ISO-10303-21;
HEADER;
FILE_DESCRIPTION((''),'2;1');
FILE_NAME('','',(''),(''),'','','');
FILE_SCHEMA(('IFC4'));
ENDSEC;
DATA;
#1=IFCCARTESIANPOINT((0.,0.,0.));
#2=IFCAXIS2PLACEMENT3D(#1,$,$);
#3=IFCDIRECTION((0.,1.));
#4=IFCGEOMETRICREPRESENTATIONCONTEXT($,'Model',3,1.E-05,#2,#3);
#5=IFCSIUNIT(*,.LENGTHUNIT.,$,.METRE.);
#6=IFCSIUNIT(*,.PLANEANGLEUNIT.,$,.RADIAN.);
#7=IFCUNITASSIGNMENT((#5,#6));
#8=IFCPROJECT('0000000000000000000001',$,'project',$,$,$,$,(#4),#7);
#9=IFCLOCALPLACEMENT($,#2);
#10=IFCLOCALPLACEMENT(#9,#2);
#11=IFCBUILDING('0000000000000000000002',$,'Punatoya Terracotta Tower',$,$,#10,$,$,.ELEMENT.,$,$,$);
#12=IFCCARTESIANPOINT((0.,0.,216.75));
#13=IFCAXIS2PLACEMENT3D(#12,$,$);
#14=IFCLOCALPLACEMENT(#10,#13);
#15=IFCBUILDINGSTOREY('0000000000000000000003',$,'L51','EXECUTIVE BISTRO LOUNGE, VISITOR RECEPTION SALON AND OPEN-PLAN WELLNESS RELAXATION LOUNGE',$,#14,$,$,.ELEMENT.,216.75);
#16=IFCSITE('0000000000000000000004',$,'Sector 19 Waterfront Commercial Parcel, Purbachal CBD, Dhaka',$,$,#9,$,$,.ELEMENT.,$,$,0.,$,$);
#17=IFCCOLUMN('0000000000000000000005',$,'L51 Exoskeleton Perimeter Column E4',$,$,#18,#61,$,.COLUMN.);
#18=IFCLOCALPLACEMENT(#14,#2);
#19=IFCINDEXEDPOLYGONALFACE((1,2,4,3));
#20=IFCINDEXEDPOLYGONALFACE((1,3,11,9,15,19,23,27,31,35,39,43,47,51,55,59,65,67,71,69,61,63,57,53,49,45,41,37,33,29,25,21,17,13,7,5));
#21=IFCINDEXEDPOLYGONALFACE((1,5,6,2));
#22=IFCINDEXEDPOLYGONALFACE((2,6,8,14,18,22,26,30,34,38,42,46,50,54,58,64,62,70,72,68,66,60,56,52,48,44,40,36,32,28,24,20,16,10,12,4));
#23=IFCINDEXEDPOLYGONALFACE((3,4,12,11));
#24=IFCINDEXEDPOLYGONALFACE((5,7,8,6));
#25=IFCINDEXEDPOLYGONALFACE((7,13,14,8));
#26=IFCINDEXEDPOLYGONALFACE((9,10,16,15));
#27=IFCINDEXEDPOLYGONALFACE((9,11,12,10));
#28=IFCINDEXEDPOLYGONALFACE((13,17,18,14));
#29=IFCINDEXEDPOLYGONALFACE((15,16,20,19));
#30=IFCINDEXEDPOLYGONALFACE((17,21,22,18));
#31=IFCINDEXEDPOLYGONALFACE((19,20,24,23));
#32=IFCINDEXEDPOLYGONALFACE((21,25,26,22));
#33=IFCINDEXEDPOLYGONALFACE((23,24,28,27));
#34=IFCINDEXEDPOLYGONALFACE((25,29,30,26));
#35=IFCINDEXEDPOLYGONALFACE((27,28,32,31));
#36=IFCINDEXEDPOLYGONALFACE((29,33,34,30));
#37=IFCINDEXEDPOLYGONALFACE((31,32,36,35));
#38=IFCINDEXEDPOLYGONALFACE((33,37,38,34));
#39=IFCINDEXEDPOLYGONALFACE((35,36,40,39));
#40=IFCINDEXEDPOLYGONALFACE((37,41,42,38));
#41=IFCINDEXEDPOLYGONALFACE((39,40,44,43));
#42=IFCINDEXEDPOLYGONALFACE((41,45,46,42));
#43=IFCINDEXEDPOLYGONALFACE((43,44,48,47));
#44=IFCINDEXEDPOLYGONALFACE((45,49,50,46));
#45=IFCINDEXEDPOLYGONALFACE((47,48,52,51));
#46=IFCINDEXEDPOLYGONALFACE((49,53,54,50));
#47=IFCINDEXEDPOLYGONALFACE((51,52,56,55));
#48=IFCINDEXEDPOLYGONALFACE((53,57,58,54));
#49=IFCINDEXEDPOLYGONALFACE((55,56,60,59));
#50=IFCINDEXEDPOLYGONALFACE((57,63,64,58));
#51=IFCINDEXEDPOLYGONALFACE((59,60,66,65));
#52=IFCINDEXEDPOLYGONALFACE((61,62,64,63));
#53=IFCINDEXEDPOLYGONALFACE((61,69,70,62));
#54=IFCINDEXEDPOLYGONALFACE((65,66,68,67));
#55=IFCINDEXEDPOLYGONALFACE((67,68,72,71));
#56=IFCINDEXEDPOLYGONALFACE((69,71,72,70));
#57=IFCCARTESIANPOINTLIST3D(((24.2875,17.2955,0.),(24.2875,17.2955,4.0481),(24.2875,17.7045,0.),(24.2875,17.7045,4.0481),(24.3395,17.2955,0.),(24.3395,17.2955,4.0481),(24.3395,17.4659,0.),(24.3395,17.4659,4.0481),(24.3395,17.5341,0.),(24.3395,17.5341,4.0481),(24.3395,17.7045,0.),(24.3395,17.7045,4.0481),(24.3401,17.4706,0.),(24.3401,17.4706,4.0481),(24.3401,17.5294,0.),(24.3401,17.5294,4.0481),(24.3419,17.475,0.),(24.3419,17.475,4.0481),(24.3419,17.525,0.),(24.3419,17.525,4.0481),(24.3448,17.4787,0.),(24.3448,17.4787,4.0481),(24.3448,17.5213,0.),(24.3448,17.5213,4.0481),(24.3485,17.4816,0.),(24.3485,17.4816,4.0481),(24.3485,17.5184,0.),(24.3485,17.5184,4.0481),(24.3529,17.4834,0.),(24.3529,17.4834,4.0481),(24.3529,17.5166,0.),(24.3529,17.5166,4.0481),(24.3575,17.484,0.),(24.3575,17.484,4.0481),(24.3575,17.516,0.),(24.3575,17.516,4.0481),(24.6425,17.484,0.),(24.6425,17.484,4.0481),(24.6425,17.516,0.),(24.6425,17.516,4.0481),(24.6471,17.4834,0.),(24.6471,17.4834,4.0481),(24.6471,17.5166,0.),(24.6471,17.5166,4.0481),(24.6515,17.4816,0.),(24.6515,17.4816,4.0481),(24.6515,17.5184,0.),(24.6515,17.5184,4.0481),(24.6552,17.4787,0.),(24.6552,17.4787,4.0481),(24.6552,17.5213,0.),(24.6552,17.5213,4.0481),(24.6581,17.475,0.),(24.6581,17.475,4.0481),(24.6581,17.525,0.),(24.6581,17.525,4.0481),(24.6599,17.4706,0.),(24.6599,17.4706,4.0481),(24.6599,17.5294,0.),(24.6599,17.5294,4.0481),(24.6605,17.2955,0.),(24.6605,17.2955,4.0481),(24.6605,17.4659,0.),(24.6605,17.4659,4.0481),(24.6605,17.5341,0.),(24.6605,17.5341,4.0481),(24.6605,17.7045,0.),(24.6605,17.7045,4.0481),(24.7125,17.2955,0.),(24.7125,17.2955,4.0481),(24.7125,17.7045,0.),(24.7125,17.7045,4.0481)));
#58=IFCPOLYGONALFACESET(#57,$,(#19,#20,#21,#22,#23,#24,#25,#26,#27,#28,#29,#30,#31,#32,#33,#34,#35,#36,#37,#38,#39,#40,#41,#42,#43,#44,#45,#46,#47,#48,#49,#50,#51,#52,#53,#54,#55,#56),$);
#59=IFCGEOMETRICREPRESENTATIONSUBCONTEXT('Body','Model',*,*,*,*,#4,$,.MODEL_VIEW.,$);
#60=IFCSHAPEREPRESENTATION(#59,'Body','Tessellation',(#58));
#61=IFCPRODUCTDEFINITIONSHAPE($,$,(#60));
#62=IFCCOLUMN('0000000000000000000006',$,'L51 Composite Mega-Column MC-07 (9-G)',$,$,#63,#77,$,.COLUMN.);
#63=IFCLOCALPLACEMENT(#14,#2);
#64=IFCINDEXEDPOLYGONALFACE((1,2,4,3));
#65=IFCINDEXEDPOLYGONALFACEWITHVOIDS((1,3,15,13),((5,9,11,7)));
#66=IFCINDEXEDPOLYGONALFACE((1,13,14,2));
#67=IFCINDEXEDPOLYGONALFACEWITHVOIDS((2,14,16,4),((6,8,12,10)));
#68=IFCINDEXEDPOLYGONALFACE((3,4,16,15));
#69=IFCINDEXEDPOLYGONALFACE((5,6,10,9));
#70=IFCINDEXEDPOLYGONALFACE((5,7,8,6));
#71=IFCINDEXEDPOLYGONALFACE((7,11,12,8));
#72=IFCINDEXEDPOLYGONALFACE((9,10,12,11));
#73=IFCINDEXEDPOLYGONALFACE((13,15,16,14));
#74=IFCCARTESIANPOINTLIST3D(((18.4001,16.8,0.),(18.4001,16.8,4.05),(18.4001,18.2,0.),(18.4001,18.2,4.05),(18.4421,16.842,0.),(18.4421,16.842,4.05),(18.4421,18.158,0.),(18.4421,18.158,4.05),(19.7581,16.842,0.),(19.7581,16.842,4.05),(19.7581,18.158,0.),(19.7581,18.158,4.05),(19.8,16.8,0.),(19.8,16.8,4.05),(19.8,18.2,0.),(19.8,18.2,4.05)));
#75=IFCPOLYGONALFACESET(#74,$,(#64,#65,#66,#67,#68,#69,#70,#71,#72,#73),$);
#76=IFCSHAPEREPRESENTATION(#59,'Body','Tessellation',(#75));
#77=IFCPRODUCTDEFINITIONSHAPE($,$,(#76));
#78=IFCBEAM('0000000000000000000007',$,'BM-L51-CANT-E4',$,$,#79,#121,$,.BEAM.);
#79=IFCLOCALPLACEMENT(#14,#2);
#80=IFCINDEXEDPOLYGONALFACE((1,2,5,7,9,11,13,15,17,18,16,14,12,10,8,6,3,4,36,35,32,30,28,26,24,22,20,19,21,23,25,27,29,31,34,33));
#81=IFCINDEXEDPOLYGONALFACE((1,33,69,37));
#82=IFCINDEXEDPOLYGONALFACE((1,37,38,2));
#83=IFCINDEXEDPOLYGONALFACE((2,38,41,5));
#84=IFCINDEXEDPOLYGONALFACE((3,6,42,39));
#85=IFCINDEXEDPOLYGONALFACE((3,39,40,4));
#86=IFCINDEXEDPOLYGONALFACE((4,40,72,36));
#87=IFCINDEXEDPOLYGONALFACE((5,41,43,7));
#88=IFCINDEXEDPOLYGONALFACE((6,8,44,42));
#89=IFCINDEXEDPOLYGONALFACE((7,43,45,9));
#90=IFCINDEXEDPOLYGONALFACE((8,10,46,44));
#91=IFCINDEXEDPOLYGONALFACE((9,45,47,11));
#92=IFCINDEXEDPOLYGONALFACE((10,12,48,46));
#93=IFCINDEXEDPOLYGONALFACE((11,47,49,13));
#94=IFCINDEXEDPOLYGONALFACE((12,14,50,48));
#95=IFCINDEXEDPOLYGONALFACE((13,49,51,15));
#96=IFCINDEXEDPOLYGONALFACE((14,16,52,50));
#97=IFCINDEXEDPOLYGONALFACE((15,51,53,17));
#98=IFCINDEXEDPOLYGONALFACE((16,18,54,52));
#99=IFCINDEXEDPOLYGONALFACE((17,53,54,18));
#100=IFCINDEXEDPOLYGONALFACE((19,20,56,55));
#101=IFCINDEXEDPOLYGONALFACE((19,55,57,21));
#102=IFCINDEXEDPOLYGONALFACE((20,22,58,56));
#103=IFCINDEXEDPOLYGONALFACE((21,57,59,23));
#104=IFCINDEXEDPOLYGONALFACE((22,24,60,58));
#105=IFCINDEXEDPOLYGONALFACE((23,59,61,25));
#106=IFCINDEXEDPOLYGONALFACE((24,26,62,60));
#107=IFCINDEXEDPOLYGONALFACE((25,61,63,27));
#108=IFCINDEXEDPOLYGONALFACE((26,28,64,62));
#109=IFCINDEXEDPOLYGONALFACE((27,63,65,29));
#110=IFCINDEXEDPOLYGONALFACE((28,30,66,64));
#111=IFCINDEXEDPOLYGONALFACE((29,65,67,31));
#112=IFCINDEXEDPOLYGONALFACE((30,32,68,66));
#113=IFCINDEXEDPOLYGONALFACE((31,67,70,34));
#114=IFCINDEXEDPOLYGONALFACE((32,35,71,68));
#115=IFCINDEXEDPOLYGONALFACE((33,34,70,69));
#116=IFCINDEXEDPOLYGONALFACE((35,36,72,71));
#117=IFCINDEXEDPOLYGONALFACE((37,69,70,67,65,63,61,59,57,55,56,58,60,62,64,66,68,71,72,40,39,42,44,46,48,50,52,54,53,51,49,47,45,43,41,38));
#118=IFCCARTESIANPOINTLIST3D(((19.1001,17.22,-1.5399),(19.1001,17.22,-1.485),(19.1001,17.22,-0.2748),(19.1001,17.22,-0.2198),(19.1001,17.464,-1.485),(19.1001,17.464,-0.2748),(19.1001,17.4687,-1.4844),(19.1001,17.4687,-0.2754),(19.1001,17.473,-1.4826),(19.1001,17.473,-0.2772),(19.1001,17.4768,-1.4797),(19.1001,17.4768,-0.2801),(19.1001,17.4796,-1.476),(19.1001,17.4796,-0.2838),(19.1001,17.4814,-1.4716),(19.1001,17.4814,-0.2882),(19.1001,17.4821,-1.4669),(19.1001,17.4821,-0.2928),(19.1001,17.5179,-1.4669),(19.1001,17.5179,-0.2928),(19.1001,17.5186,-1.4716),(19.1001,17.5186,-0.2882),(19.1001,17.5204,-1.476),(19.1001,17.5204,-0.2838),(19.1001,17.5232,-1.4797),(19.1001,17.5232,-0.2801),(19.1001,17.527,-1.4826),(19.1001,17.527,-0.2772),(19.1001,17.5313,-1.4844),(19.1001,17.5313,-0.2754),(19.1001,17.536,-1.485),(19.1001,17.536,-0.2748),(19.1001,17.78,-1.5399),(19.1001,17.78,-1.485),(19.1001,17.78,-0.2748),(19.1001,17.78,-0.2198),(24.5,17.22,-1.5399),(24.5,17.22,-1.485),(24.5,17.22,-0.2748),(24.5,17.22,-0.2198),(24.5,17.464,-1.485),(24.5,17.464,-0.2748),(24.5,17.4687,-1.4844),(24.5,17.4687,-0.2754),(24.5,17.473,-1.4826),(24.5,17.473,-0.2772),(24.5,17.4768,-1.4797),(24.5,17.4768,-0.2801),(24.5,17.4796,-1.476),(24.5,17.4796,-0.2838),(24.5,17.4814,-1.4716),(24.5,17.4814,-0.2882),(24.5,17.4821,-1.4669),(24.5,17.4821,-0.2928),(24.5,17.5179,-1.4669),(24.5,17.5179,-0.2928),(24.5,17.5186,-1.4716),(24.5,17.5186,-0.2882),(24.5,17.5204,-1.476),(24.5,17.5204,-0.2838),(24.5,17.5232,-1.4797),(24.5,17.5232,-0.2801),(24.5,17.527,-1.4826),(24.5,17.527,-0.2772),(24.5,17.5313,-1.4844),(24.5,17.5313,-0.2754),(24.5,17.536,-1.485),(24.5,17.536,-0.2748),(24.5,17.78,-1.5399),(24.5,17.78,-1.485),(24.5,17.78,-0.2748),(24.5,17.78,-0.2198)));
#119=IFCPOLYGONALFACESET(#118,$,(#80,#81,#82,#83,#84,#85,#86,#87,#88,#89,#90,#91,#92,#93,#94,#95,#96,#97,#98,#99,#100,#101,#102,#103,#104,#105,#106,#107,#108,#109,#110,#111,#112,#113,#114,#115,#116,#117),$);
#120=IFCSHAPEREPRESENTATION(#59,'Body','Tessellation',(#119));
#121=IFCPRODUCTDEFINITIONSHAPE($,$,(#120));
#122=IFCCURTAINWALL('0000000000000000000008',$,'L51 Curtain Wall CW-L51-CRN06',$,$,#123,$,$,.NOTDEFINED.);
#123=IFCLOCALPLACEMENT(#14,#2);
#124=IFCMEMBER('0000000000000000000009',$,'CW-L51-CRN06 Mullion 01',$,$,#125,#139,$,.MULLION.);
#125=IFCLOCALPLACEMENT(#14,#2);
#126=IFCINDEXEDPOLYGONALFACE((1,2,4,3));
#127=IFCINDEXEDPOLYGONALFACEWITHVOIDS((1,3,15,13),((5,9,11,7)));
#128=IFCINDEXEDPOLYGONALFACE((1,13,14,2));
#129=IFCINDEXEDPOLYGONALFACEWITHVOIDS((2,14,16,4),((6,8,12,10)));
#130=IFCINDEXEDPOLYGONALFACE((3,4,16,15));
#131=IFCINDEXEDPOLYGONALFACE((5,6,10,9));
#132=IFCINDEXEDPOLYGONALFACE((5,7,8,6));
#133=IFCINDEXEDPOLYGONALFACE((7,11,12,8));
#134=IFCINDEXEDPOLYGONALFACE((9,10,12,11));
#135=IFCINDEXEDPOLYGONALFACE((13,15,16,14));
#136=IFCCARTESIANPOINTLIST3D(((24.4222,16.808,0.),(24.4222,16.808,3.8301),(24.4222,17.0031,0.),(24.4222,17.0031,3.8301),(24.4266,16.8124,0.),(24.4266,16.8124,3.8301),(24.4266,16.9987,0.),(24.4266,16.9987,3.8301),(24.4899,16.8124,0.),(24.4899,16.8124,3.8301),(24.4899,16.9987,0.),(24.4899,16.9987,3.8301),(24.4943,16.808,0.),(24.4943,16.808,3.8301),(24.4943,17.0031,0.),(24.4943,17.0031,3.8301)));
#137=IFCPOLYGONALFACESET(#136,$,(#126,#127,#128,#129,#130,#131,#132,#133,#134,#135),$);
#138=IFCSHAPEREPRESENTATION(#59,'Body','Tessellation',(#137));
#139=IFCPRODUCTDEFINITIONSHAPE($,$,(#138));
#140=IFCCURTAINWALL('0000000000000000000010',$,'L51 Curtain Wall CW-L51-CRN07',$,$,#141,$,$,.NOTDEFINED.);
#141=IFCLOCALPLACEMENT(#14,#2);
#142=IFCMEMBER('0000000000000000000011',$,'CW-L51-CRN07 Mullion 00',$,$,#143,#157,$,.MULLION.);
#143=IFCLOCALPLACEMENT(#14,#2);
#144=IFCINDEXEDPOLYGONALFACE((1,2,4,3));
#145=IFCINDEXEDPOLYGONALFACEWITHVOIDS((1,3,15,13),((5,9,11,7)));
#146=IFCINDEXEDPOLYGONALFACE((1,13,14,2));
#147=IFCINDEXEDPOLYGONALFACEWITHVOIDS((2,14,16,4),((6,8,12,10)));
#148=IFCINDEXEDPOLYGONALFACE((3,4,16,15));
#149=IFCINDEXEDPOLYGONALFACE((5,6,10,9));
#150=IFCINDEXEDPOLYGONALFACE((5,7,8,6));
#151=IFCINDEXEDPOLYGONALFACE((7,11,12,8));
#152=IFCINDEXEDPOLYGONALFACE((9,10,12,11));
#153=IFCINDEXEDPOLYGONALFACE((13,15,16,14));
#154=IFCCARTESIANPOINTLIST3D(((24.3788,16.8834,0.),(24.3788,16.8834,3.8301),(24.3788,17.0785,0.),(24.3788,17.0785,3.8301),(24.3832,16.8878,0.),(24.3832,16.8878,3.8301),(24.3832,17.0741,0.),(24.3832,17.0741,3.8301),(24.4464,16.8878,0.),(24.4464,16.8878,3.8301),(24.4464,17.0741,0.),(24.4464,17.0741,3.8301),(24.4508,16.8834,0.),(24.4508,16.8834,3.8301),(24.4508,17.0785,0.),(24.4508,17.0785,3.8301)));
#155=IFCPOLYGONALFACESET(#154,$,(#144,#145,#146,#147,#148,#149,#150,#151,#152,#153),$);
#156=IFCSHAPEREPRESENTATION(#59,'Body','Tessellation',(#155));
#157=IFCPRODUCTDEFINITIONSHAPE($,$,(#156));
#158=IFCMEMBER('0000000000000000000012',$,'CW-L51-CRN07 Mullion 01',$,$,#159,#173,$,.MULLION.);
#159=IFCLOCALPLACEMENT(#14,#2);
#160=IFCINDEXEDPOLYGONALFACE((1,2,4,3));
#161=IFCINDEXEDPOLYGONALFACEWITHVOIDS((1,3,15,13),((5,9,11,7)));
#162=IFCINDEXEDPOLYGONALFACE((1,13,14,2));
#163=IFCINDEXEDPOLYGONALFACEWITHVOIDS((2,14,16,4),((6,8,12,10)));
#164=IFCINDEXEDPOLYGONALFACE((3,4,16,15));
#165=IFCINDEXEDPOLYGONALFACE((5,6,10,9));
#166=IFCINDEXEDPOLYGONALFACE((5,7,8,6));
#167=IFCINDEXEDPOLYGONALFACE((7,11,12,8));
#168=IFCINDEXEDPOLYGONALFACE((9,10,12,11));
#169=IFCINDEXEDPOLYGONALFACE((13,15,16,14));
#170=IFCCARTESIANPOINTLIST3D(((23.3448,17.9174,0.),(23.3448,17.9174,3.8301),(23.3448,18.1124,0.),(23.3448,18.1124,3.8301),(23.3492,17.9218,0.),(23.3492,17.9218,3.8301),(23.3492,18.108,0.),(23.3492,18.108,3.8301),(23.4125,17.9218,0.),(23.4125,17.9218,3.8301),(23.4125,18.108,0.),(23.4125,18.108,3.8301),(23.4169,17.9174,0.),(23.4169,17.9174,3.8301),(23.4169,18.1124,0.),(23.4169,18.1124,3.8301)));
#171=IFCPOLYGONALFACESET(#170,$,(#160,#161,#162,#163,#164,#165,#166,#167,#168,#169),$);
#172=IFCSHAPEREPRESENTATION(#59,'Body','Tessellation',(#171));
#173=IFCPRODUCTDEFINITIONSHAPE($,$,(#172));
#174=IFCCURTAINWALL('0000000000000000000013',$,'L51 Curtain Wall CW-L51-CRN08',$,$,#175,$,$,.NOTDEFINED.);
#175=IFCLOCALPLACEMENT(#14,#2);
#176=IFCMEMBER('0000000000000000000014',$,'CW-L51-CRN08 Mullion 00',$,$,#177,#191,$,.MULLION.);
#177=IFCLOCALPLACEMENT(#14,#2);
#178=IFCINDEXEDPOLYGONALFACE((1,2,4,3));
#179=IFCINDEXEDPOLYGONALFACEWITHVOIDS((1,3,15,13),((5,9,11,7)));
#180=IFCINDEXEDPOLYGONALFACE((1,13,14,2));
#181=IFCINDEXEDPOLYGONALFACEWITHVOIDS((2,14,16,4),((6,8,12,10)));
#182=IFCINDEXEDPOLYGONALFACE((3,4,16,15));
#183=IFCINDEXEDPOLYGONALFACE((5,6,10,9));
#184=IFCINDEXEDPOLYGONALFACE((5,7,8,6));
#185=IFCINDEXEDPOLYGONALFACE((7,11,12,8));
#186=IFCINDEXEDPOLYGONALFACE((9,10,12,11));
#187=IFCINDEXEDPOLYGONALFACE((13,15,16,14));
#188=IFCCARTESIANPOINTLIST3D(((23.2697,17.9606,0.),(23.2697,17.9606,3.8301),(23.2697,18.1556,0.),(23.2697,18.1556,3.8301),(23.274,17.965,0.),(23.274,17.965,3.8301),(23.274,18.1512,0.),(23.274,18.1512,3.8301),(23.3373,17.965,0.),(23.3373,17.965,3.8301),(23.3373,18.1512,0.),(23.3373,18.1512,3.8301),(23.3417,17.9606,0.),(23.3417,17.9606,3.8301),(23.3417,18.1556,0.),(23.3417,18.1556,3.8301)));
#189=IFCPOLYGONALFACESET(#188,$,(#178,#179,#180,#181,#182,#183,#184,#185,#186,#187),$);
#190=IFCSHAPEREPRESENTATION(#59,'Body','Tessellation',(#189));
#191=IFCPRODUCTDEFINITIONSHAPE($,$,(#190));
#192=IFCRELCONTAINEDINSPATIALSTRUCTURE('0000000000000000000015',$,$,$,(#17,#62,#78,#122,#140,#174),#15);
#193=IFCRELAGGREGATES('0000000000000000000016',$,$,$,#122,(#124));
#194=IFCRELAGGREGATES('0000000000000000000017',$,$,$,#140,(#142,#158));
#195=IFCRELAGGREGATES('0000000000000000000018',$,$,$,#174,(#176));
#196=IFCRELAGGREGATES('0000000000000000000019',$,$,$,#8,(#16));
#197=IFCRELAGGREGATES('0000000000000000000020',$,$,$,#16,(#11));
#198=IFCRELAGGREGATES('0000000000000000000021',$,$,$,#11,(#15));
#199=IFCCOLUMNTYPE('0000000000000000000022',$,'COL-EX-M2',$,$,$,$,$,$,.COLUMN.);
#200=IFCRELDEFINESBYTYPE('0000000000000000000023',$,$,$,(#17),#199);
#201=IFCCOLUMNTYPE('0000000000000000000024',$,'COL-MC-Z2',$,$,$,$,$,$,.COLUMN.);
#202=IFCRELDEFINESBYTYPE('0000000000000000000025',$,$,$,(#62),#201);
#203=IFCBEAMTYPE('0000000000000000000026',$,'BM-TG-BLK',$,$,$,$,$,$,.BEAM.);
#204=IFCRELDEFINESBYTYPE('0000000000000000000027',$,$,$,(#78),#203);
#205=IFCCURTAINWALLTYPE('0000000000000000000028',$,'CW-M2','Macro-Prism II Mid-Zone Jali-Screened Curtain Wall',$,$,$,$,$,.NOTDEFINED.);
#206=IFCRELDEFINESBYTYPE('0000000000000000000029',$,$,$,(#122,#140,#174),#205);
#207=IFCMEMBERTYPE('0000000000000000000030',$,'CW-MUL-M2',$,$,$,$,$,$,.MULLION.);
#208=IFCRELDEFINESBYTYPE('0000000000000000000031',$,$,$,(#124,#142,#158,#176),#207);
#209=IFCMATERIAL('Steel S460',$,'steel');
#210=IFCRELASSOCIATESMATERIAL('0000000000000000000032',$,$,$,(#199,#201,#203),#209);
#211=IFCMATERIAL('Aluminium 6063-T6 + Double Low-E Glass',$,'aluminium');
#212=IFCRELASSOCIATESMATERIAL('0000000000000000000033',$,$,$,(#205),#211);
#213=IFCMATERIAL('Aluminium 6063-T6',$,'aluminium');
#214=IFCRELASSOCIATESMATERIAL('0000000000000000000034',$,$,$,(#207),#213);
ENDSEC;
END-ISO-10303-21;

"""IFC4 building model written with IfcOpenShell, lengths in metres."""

from ifc_helpers import new_model, si_unit, direction, frame, origin, origin_2d, place, context, subcontext, project, spatial, hollow_rectangle, i_section, extrude, material, material_profile, profile_set, type_object, element, aggregate, save


model = new_model("IFC4")

# Units and contexts
model_context = context("Model", 3, precision=1e-05, world=origin(), true_north=direction((0.0, 1.0)))
body_context = subcontext(model_context, "Body", "Model", "MODEL_VIEW")
ifc_project = project(units=[si_unit("LENGTHUNIT", "METRE"), si_unit("PLANEANGLEUNIT", "RADIAN")], contexts=[model_context])

# Site, building, storey
site_placement = place(None, origin())
site = spatial("IfcSite", under=ifc_project, at=site_placement, Name="Sector 19 Waterfront Commercial Parcel, Purbachal CBD, Dhaka", CompositionType="ELEMENT", RefElevation=0.0)
building_placement = place(site_placement, origin())
building = spatial("IfcBuilding", under=site, at=building_placement, Name="Punatoya Terracotta Tower", CompositionType="ELEMENT")
storey_placement = place(building_placement, frame((0.0, 0.0, 216.75)))
storey = spatial("IfcBuildingStorey", under=building, at=storey_placement, Name="L51", Description="EXECUTIVE BISTRO LOUNGE, VISITOR RECEPTION SALON AND OPEN-PLAN WELLNESS RELAXATION LOUNGE", CompositionType="ELEMENT", Elevation=216.75)

# Columns
ifc_material_1 = material(Name="Steel S460", Category="steel")
ifc_material_profile_1 = material_profile(ifc_material_1, i_section(OverallWidth=0.4089, OverallDepth=0.425, WebThickness=0.032, FlangeThickness=0.052, FilletRadius=0.0181, at=origin_2d()))
ifc_profile_set_1 = profile_set([ifc_material_profile_1], Name="Steel S460")
column_type_1 = type_object("IfcColumnType", Name="COL-EX-M2", PredefinedType="COLUMN", material=ifc_profile_set_1)
column_1_placement = place(storey_placement, frame((24.5, 17.5, 0.0), z_axis=(0.0, 0.0, 1.0), x_axis=(0.0, 1.0, 0.0)))
element("IfcColumn", 1, at=column_1_placement, inside=storey, type_object=column_type_1, Name="L51 Exoskeleton Perimeter Column E4", PredefinedType="COLUMN", context=body_context, shape_type="SweptSolid", body=[
    extrude(i_section(OverallWidth=0.4089, OverallDepth=0.425, WebThickness=0.032, FlangeThickness=0.052, FilletRadius=0.0181, at=origin_2d()), origin(), (0.0, 0.0, 1.0), 4.0481),
])
ifc_material_profile_2 = material_profile(ifc_material_1, hollow_rectangle(XDim=1.3999, YDim=1.3999, WallThickness=0.042, at=origin_2d()))
ifc_profile_set_2 = profile_set([ifc_material_profile_2], Name="Steel S460")
column_type_2 = type_object("IfcColumnType", Name="COL-MC-Z2", PredefinedType="COLUMN", material=ifc_profile_set_2)
column_2_placement = place(storey_placement, frame((19.1001, 17.5, 0.0), z_axis=(0.0, 0.0, 1.0), x_axis=(1.0, 0.0, 0.0)))
element("IfcColumn", 2, at=column_2_placement, inside=storey, type_object=column_type_2, Name="L51 Composite Mega-Column MC-07 (9-G)", PredefinedType="COLUMN", context=body_context, shape_type="SweptSolid", body=[
    extrude(hollow_rectangle(XDim=1.3999, YDim=1.3999, WallThickness=0.042, at=origin_2d()), origin(), (0.0, 0.0, 1.0), 4.05),
])

# Beam
ifc_material_profile_3 = material_profile(ifc_material_1, i_section(OverallWidth=0.5601, OverallDepth=1.3201, WebThickness=0.0359, FlangeThickness=0.0549, FilletRadius=0.0181, at=origin_2d()))
ifc_profile_set_3 = profile_set([ifc_material_profile_3], Name="Steel S460")
beam_type = type_object("IfcBeamType", Name="BM-TG-BLK", PredefinedType="BEAM", material=ifc_profile_set_3)
beam_placement = place(storey_placement, frame((19.1001, 17.5, -0.8799), z_axis=(1.0, 0.0, 0.0), x_axis=(0.0, 1.0, 0.0)))
element("IfcBeam", 3, at=beam_placement, inside=storey, type_object=beam_type, Name="BM-L51-CANT-E4", PredefinedType="BEAM", context=body_context, shape_type="SweptSolid", body=[
    extrude(i_section(OverallWidth=0.5601, OverallDepth=1.3201, WebThickness=0.0359, FlangeThickness=0.0549, FilletRadius=0.0181, at=origin_2d()), origin(), (0.0, 0.0, 1.0), 5.3999),
])

# Curtain wall, member
ifc_material_2 = material(Name="Aluminium 6063-T6 + Double Low-E Glass", Category="aluminium")
curtain_wall_type = type_object("IfcCurtainWallType", Name="CW-M2", Description="Macro-Prism II Mid-Zone Jali-Screened Curtain Wall", PredefinedType="NOTDEFINED", material=ifc_material_2)
curtain_wall_1_placement = place(storey_placement, origin())
curtain_wall_1 = element("IfcCurtainWall", 4, at=curtain_wall_1_placement, inside=storey, type_object=curtain_wall_type, Name="L51 Curtain Wall CW-L51-CRN06", PredefinedType="NOTDEFINED")
ifc_material_3 = material(Name="Aluminium 6063-T6", Category="aluminium")
ifc_material_profile_4 = material_profile(ifc_material_3, hollow_rectangle(XDim=0.072, YDim=0.1951, WallThickness=0.0044, at=origin_2d()))
ifc_profile_set_4 = profile_set([ifc_material_profile_4], Name="Aluminium 6063-T6")
member_type_1 = type_object("IfcMemberType", Name="CW-MUL-M2", PredefinedType="MULLION", material=ifc_profile_set_4)
member_1_placement = place(storey_placement, frame((24.4583, 16.9055, 0.0), z_axis=(0.0, 0.0, 1.0), x_axis=(1.0, 0.0, 0.0)))
member_1 = element("IfcMember", 5, at=member_1_placement, type_object=member_type_1, Name="CW-L51-CRN06 Mullion 01", PredefinedType="MULLION", context=body_context, shape_type="SweptSolid", body=[
    extrude(hollow_rectangle(XDim=0.072, YDim=0.1951, WallThickness=0.0044, at=origin_2d()), origin(), (0.0, 0.0, 1.0), 3.8301),
])

# Curtain walls, members
curtain_wall_2_placement = place(storey_placement, origin())
curtain_wall_2 = element("IfcCurtainWall", 6, at=curtain_wall_2_placement, inside=storey, type_object=curtain_wall_type, Name="L51 Curtain Wall CW-L51-CRN07", PredefinedType="NOTDEFINED")
member_2_placement = place(storey_placement, frame((24.4148, 16.981, 0.0), z_axis=(0.0, 0.0, 1.0), x_axis=(1.0, 0.0, 0.0)))
member_2 = element("IfcMember", 7, at=member_2_placement, type_object=member_type_1, Name="CW-L51-CRN07 Mullion 00", PredefinedType="MULLION", context=body_context, shape_type="SweptSolid", body=[
    extrude(hollow_rectangle(XDim=0.072, YDim=0.1951, WallThickness=0.0044, at=origin_2d()), origin(), (0.0, 0.0, 1.0), 3.8301),
])
member_3_placement = place(storey_placement, frame((23.3809, 18.0149, 0.0), z_axis=(0.0, 0.0, 1.0), x_axis=(1.0, 0.0, 0.0)))
member_3 = element("IfcMember", 8, at=member_3_placement, type_object=member_type_1, Name="CW-L51-CRN07 Mullion 01", PredefinedType="MULLION", context=body_context, shape_type="SweptSolid", body=[
    extrude(hollow_rectangle(XDim=0.072, YDim=0.1951, WallThickness=0.0044, at=origin_2d()), origin(), (0.0, 0.0, 1.0), 3.8301),
])
curtain_wall_3_placement = place(storey_placement, origin())
curtain_wall_3 = element("IfcCurtainWall", 9, at=curtain_wall_3_placement, inside=storey, type_object=curtain_wall_type, Name="L51 Curtain Wall CW-L51-CRN08", PredefinedType="NOTDEFINED")
member_4_placement = place(storey_placement, frame((23.3057, 18.0581, 0.0), z_axis=(0.0, 0.0, 1.0), x_axis=(1.0, 0.0, 0.0)))
member_4 = element("IfcMember", 10, at=member_4_placement, type_object=member_type_1, Name="CW-L51-CRN08 Mullion 00", PredefinedType="MULLION", context=body_context, shape_type="SweptSolid", body=[
    extrude(hollow_rectangle(XDim=0.072, YDim=0.1951, WallThickness=0.0044, at=origin_2d()), origin(), (0.0, 0.0, 1.0), 3.8301),
])

aggregate(curtain_wall_1, [member_1])
aggregate(curtain_wall_2, [member_2, member_3])
aggregate(curtain_wall_3, [member_4])

save(model, "model.ifc")
